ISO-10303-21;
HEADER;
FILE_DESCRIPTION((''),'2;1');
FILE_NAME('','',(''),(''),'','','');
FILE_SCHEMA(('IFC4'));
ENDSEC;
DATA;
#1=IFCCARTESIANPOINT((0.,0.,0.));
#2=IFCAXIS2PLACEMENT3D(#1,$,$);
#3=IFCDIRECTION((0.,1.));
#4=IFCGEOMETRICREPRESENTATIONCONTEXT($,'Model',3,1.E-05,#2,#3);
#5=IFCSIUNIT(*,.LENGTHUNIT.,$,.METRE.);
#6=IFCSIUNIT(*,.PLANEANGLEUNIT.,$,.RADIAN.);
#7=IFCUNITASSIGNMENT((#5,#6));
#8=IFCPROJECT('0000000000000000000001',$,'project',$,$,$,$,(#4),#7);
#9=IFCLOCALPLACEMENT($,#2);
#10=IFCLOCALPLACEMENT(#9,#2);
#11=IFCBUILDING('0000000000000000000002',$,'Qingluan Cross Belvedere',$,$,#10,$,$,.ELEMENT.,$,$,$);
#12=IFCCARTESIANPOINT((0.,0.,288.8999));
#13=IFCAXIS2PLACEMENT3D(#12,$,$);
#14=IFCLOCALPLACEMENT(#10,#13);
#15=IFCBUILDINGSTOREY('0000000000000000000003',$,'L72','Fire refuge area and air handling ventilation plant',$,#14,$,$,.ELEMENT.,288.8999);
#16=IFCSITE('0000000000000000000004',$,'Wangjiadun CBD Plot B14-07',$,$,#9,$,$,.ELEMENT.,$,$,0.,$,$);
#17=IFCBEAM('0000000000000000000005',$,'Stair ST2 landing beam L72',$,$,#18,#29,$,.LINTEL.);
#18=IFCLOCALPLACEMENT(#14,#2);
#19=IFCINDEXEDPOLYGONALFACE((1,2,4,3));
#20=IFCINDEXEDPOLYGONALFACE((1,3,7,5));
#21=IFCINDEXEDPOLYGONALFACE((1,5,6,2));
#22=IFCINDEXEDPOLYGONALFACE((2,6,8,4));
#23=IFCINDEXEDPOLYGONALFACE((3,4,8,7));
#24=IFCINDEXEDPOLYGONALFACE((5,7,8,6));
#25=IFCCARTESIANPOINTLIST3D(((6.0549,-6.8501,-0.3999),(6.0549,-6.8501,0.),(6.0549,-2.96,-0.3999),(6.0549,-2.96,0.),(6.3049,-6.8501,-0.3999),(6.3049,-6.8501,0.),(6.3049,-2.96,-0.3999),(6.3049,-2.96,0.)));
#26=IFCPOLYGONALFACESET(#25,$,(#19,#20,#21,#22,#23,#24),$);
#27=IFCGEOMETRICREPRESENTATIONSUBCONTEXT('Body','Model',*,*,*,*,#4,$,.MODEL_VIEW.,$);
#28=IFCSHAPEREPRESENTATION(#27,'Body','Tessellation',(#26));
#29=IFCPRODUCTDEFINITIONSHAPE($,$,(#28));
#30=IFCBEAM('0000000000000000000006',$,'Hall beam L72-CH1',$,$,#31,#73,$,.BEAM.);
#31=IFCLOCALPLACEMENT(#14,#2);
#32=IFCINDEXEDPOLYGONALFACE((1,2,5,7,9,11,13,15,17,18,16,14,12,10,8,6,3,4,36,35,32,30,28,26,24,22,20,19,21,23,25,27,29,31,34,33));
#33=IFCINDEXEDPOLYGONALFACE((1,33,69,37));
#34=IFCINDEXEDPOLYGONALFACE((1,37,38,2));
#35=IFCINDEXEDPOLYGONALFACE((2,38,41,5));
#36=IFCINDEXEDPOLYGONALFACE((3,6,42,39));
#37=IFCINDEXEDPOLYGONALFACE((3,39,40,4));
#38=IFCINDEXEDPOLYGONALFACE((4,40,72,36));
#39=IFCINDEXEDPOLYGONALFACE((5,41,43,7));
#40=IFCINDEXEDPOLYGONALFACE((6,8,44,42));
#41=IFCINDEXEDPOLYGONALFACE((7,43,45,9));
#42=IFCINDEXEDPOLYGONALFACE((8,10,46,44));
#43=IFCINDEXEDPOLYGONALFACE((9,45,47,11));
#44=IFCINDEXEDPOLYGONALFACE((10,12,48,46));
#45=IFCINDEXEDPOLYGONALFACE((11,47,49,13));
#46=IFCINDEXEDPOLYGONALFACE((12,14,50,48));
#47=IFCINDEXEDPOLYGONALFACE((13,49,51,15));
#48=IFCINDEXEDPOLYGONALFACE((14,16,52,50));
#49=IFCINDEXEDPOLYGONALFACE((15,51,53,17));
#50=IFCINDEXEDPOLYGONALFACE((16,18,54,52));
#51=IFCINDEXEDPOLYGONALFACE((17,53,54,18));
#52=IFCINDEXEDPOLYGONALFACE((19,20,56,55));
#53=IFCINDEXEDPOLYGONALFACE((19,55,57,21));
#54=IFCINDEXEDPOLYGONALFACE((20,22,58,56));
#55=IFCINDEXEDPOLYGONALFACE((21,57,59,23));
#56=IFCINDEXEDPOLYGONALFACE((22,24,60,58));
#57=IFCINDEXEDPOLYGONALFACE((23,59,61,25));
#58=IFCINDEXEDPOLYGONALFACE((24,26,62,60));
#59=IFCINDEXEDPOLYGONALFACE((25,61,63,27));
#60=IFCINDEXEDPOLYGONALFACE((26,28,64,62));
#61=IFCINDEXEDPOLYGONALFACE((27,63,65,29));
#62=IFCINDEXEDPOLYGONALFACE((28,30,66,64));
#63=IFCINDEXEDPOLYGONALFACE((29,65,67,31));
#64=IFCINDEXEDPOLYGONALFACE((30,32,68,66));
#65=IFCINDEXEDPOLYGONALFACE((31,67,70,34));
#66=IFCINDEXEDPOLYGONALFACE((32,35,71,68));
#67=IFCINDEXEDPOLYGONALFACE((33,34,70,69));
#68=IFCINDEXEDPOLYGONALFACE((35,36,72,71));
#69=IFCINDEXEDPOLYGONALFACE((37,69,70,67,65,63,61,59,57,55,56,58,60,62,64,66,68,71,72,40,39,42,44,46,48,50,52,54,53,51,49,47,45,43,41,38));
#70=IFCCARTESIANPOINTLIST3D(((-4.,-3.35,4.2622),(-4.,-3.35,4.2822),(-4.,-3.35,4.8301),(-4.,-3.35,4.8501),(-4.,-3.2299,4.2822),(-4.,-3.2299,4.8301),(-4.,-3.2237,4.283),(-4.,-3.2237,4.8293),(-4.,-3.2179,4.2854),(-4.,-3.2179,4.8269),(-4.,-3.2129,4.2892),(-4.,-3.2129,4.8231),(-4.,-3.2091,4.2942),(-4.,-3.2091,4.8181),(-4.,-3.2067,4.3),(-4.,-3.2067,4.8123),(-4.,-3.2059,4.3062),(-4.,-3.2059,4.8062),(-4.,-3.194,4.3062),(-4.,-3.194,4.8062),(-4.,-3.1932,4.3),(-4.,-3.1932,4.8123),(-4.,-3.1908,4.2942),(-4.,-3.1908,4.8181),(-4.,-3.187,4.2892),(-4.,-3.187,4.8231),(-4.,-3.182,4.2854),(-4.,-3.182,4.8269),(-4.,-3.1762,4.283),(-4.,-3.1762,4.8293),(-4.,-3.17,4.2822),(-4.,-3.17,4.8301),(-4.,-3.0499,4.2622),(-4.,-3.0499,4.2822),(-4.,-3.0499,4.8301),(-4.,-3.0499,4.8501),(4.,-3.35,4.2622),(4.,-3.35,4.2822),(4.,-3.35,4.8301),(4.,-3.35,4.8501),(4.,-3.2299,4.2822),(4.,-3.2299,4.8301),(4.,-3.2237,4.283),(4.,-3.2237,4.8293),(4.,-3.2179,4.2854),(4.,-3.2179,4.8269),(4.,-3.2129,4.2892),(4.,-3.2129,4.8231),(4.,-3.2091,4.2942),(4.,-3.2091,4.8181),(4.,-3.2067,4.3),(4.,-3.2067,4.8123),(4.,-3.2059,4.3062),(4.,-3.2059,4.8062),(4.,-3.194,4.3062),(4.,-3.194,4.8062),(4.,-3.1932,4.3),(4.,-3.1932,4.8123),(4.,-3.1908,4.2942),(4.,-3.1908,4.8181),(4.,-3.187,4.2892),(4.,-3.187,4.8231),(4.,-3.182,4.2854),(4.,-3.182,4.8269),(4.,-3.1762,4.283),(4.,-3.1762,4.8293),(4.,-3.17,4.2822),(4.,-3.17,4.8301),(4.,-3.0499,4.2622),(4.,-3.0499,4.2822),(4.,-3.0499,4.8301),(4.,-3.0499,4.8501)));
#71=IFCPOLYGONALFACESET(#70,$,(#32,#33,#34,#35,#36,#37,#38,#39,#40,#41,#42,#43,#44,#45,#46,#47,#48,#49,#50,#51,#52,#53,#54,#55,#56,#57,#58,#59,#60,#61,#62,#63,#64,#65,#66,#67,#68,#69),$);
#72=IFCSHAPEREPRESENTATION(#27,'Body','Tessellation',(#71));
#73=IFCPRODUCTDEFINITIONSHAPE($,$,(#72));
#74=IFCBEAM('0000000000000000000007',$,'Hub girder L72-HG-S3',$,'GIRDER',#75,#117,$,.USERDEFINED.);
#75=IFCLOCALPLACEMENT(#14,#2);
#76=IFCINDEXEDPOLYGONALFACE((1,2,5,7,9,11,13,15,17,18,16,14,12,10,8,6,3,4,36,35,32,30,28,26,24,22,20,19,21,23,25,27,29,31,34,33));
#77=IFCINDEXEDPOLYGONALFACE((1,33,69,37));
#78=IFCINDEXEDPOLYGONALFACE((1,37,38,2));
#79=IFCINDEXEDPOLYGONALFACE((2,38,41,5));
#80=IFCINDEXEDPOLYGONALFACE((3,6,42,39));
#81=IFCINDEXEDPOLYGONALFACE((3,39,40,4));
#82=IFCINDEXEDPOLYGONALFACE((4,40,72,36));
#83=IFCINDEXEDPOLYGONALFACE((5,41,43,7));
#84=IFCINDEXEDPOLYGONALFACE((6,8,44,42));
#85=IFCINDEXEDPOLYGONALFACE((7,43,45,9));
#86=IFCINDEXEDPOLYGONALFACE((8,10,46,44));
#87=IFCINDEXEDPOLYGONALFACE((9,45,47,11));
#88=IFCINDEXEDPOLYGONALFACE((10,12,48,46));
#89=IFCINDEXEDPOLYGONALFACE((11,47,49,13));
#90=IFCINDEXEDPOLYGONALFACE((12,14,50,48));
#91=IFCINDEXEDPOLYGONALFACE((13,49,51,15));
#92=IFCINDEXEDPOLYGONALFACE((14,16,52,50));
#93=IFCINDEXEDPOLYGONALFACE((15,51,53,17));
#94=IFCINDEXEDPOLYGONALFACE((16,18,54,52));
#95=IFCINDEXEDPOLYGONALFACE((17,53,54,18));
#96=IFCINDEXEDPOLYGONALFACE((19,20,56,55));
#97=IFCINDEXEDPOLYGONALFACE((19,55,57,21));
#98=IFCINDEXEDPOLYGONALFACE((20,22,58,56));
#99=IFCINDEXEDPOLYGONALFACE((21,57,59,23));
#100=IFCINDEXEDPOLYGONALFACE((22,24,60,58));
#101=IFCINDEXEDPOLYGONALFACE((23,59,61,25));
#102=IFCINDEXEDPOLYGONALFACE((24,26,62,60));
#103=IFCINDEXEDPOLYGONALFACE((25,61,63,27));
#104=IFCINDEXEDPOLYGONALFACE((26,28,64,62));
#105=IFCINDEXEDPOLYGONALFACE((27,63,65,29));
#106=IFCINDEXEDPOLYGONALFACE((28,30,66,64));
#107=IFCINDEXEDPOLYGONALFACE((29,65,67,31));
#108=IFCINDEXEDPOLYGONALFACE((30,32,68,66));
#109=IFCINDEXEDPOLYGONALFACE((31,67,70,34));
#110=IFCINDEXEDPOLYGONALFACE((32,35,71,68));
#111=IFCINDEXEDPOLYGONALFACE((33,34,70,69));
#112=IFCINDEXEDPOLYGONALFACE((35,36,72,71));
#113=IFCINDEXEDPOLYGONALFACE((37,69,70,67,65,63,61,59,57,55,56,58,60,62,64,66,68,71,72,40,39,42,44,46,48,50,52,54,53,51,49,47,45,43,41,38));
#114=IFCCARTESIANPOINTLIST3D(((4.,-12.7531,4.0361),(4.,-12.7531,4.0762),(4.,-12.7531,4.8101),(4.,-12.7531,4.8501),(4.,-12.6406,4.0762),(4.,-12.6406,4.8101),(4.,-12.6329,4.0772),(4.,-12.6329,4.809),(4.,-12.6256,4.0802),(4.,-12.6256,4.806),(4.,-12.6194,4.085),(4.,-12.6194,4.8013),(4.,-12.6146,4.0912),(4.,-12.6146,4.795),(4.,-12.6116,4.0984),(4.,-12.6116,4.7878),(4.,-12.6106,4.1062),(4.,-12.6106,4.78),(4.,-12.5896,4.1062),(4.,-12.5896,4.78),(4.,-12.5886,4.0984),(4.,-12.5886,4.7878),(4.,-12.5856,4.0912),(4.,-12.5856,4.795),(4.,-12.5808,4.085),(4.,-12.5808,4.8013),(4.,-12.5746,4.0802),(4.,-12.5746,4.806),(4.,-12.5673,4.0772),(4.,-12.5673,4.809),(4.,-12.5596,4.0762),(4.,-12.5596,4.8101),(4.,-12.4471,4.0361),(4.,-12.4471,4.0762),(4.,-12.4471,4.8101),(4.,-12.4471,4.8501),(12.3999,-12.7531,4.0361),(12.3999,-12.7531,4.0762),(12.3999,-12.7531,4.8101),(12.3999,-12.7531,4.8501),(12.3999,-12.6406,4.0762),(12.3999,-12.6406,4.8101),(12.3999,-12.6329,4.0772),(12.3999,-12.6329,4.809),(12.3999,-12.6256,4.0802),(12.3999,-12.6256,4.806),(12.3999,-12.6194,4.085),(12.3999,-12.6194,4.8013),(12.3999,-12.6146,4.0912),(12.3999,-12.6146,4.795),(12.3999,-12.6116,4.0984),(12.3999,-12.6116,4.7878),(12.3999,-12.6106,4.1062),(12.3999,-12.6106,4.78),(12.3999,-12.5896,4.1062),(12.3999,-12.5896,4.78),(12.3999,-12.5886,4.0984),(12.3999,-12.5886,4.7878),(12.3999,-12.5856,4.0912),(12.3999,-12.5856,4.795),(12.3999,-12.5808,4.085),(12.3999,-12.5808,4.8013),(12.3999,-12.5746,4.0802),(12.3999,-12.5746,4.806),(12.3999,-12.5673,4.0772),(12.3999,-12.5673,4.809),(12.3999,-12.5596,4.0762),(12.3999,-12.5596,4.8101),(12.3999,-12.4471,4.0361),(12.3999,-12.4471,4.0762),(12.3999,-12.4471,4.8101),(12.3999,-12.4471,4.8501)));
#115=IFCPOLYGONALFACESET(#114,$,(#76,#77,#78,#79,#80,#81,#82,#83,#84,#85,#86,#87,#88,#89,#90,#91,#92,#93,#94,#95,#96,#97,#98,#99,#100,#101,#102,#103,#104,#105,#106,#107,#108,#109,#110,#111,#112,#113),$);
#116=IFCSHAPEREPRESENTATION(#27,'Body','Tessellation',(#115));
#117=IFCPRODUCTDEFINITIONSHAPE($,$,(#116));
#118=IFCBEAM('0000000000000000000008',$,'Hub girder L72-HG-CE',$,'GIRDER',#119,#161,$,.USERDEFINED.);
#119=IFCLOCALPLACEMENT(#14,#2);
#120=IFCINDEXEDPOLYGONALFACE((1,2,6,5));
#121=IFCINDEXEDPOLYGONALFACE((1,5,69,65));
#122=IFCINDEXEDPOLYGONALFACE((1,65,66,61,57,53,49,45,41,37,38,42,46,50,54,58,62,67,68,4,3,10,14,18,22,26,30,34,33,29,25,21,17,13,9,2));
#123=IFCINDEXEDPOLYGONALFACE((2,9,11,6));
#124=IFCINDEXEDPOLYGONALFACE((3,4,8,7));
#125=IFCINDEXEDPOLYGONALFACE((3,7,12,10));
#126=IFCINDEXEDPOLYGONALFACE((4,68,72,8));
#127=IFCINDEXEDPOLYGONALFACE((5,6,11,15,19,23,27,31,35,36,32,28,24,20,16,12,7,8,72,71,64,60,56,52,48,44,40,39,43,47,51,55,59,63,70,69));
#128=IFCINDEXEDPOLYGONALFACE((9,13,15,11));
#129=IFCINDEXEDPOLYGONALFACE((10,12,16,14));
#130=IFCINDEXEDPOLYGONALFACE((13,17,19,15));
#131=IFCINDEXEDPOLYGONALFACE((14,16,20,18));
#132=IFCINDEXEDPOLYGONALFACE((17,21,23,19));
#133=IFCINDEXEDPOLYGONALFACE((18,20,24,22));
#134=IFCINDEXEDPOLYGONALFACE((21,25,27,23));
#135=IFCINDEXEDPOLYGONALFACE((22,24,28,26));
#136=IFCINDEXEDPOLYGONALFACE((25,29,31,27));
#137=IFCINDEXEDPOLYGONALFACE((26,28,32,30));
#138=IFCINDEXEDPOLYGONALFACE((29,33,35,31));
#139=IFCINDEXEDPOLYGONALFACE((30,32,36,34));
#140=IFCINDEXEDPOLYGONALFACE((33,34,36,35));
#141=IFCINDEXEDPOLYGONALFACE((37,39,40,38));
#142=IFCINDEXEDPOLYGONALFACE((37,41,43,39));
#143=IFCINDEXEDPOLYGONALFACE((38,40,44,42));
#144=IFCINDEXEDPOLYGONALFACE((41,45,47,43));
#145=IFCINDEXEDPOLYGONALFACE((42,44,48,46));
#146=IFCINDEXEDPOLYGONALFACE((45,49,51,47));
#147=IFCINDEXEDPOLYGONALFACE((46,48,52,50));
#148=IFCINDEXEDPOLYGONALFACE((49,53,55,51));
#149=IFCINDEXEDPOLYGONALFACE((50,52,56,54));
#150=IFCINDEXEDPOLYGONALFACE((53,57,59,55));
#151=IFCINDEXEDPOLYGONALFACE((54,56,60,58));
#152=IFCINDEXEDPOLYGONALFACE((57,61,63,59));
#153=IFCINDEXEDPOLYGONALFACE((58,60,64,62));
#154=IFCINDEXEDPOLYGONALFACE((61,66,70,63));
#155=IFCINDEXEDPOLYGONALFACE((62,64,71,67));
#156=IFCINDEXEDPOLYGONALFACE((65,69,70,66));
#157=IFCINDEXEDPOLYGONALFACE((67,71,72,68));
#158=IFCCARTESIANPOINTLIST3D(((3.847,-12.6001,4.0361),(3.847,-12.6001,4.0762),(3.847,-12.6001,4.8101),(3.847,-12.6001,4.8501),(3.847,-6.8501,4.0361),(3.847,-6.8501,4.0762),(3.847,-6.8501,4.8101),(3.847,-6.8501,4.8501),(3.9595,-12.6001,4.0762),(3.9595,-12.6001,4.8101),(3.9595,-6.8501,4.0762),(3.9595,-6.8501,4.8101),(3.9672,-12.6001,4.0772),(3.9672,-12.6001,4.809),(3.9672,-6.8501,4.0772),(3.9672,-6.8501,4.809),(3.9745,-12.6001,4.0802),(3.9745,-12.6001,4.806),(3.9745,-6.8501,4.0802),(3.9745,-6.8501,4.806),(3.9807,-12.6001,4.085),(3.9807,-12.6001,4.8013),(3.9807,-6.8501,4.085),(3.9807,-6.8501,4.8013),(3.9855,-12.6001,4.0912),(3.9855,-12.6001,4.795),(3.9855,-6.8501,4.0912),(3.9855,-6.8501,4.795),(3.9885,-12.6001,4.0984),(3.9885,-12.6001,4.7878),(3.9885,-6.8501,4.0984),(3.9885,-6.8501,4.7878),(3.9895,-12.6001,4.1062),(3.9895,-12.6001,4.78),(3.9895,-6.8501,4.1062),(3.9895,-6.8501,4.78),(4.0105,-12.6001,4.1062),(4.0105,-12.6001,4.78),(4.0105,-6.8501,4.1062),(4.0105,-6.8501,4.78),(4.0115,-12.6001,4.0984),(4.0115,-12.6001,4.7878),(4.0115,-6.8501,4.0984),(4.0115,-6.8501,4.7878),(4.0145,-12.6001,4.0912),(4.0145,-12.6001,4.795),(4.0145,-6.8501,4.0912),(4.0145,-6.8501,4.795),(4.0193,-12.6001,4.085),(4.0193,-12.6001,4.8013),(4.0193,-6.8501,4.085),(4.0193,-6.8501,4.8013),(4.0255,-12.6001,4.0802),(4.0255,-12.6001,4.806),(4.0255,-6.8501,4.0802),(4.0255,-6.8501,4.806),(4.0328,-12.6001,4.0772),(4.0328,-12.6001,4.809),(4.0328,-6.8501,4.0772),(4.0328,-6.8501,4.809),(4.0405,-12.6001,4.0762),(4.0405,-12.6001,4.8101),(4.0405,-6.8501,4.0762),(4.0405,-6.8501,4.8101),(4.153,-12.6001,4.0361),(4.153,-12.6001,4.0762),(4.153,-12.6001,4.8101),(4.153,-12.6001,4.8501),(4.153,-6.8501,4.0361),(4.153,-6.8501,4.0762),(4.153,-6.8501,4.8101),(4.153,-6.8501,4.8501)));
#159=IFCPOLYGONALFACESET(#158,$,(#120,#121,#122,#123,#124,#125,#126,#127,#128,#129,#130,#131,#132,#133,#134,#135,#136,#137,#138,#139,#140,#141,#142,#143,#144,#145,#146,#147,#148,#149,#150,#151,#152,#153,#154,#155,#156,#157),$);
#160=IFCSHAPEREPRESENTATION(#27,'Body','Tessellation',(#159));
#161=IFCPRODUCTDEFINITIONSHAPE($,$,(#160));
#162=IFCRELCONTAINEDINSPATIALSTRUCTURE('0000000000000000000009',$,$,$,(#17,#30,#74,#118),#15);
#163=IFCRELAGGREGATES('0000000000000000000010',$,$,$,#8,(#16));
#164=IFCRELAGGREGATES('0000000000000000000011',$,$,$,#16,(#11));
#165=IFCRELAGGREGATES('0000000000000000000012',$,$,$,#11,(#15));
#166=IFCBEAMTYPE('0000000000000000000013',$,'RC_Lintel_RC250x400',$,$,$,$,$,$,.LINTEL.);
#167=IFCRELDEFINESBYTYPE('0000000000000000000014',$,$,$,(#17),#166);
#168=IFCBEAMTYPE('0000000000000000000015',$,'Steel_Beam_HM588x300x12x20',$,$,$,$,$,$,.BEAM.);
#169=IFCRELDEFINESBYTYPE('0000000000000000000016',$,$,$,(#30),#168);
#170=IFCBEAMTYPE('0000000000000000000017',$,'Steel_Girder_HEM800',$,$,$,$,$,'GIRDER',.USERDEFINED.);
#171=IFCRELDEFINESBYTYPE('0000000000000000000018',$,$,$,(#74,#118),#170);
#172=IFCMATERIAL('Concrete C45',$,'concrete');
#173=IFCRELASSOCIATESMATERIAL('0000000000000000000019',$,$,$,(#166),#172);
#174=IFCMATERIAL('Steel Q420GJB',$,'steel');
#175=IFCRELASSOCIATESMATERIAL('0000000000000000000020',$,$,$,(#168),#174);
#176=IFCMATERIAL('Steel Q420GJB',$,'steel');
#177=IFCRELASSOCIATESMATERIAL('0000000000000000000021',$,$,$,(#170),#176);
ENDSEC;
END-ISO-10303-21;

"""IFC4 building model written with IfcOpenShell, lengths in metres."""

from ifc_helpers import new_model, si_unit, direction, frame, origin, origin_2d, place, context, subcontext, project, spatial, rectangle, i_section, extrude, material, material_profile, profile_set, type_object, element, save


model = new_model("IFC4")

# Units and contexts
model_context = context("Model", 3, precision=1e-05, world=origin(), true_north=direction((0.0, 1.0)))
body_context = subcontext(model_context, "Body", "Model", "MODEL_VIEW")
ifc_project = project(units=[si_unit("LENGTHUNIT", "METRE"), si_unit("PLANEANGLEUNIT", "RADIAN")], contexts=[model_context])

# Site, building, storey
site_placement = place(None, origin())
site = spatial("IfcSite", under=ifc_project, at=site_placement, Name="Wangjiadun CBD Plot B14-07", CompositionType="ELEMENT", RefElevation=0.0)
building_placement = place(site_placement, origin())
building = spatial("IfcBuilding", under=site, at=building_placement, Name="Qingluan Cross Belvedere", CompositionType="ELEMENT")
storey_placement = place(building_placement, frame((0.0, 0.0, 288.8999)))
storey = spatial("IfcBuildingStorey", under=building, at=storey_placement, Name="L72", Description="Fire refuge area and air handling ventilation plant", CompositionType="ELEMENT", Elevation=288.8999)

# Beams
ifc_material_1 = material(Name="Concrete C45", Category="concrete")
ifc_material_profile_1 = material_profile(ifc_material_1, rectangle(XDim=0.25, YDim=0.3999, at=origin_2d()), Name="RC250x400")
ifc_profile_set_1 = profile_set([ifc_material_profile_1], Name="Concrete C45")
beam_type_1 = type_object("IfcBeamType", Name="RC_Lintel_RC250x400", PredefinedType="LINTEL", material=ifc_profile_set_1)
beam_1_placement = place(storey_placement, frame((6.1799, -6.8501, -0.2), z_axis=(0.0, 1.0, 0.0), x_axis=(-1.0, 0.0, 0.0)))
element("IfcBeam", 1, at=beam_1_placement, inside=storey, type_object=beam_type_1, Name="Stair ST2 landing beam L72", PredefinedType="LINTEL", context=body_context, shape_type="SweptSolid", body=[
    extrude(rectangle(XDim=0.25, YDim=0.3999, at=origin_2d()), origin(), (0.0, 0.0, 1.0), 3.8901),
])
ifc_material_2 = material(Name="Steel Q420GJB", Category="steel")
ifc_material_profile_2 = material_profile(ifc_material_2, i_section(OverallWidth=0.3, OverallDepth=0.5879, WebThickness=0.012, FlangeThickness=0.02, FilletRadius=0.0239, at=origin_2d()), Name="HM588x300x12x20")
ifc_profile_set_2 = profile_set([ifc_material_profile_2], Name="Steel Q420GJB")
beam_type_2 = type_object("IfcBeamType", Name="Steel_Beam_HM588x300x12x20", PredefinedType="BEAM", material=ifc_profile_set_2)
beam_2_placement = place(storey_placement, frame((-4.0, -3.2, 4.5562), z_axis=(1.0, 0.0, 0.0), x_axis=(0.0, 1.0, 0.0)))
element("IfcBeam", 2, at=beam_2_placement, inside=storey, type_object=beam_type_2, Name="Hall beam L72-CH1", PredefinedType="BEAM", context=body_context, shape_type="SweptSolid", body=[
    extrude(i_section(OverallWidth=0.3, OverallDepth=0.5879, WebThickness=0.012, FlangeThickness=0.02, FilletRadius=0.0239, at=origin_2d()), origin(), (0.0, 0.0, 1.0), 8.0),
])
ifc_material_3 = material(Name="Steel Q420GJB", Category="steel")
ifc_material_profile_3 = material_profile(ifc_material_3, i_section(OverallWidth=0.3059, OverallDepth=0.814, WebThickness=0.021, FlangeThickness=0.04, FilletRadius=0.03, at=origin_2d()), Name="HEM800")
ifc_profile_set_3 = profile_set([ifc_material_profile_3], Name="Steel Q420GJB")
beam_type_3 = type_object("IfcBeamType", Name="Steel_Girder_HEM800", ElementType="GIRDER", PredefinedType="USERDEFINED", material=ifc_profile_set_3)
beam_3_placement = place(storey_placement, frame((4.0, -12.6001, 4.4431), z_axis=(1.0, 0.0, 0.0), x_axis=(0.0, 1.0, 0.0)))
element("IfcBeam", 3, at=beam_3_placement, inside=storey, type_object=beam_type_3, Name="Hub girder L72-HG-S3", ObjectType="GIRDER", PredefinedType="USERDEFINED", context=body_context, shape_type="SweptSolid", body=[
    extrude(i_section(OverallWidth=0.3059, OverallDepth=0.814, WebThickness=0.021, FlangeThickness=0.04, FilletRadius=0.03, at=origin_2d()), origin(), (0.0, 0.0, 1.0), 8.3999),
])
beam_4_placement = place(storey_placement, frame((4.0, -12.6001, 4.4431), z_axis=(0.0, 1.0, 0.0), x_axis=(-1.0, 0.0, 0.0)))
element("IfcBeam", 4, at=beam_4_placement, inside=storey, type_object=beam_type_3, Name="Hub girder L72-HG-CE", ObjectType="GIRDER", PredefinedType="USERDEFINED", context=body_context, shape_type="SweptSolid", body=[
    extrude(i_section(OverallWidth=0.3059, OverallDepth=0.814, WebThickness=0.021, FlangeThickness=0.04, FilletRadius=0.03, at=origin_2d()), origin(), (0.0, 0.0, 1.0), 5.75),
])

save(model, "model.ifc")
